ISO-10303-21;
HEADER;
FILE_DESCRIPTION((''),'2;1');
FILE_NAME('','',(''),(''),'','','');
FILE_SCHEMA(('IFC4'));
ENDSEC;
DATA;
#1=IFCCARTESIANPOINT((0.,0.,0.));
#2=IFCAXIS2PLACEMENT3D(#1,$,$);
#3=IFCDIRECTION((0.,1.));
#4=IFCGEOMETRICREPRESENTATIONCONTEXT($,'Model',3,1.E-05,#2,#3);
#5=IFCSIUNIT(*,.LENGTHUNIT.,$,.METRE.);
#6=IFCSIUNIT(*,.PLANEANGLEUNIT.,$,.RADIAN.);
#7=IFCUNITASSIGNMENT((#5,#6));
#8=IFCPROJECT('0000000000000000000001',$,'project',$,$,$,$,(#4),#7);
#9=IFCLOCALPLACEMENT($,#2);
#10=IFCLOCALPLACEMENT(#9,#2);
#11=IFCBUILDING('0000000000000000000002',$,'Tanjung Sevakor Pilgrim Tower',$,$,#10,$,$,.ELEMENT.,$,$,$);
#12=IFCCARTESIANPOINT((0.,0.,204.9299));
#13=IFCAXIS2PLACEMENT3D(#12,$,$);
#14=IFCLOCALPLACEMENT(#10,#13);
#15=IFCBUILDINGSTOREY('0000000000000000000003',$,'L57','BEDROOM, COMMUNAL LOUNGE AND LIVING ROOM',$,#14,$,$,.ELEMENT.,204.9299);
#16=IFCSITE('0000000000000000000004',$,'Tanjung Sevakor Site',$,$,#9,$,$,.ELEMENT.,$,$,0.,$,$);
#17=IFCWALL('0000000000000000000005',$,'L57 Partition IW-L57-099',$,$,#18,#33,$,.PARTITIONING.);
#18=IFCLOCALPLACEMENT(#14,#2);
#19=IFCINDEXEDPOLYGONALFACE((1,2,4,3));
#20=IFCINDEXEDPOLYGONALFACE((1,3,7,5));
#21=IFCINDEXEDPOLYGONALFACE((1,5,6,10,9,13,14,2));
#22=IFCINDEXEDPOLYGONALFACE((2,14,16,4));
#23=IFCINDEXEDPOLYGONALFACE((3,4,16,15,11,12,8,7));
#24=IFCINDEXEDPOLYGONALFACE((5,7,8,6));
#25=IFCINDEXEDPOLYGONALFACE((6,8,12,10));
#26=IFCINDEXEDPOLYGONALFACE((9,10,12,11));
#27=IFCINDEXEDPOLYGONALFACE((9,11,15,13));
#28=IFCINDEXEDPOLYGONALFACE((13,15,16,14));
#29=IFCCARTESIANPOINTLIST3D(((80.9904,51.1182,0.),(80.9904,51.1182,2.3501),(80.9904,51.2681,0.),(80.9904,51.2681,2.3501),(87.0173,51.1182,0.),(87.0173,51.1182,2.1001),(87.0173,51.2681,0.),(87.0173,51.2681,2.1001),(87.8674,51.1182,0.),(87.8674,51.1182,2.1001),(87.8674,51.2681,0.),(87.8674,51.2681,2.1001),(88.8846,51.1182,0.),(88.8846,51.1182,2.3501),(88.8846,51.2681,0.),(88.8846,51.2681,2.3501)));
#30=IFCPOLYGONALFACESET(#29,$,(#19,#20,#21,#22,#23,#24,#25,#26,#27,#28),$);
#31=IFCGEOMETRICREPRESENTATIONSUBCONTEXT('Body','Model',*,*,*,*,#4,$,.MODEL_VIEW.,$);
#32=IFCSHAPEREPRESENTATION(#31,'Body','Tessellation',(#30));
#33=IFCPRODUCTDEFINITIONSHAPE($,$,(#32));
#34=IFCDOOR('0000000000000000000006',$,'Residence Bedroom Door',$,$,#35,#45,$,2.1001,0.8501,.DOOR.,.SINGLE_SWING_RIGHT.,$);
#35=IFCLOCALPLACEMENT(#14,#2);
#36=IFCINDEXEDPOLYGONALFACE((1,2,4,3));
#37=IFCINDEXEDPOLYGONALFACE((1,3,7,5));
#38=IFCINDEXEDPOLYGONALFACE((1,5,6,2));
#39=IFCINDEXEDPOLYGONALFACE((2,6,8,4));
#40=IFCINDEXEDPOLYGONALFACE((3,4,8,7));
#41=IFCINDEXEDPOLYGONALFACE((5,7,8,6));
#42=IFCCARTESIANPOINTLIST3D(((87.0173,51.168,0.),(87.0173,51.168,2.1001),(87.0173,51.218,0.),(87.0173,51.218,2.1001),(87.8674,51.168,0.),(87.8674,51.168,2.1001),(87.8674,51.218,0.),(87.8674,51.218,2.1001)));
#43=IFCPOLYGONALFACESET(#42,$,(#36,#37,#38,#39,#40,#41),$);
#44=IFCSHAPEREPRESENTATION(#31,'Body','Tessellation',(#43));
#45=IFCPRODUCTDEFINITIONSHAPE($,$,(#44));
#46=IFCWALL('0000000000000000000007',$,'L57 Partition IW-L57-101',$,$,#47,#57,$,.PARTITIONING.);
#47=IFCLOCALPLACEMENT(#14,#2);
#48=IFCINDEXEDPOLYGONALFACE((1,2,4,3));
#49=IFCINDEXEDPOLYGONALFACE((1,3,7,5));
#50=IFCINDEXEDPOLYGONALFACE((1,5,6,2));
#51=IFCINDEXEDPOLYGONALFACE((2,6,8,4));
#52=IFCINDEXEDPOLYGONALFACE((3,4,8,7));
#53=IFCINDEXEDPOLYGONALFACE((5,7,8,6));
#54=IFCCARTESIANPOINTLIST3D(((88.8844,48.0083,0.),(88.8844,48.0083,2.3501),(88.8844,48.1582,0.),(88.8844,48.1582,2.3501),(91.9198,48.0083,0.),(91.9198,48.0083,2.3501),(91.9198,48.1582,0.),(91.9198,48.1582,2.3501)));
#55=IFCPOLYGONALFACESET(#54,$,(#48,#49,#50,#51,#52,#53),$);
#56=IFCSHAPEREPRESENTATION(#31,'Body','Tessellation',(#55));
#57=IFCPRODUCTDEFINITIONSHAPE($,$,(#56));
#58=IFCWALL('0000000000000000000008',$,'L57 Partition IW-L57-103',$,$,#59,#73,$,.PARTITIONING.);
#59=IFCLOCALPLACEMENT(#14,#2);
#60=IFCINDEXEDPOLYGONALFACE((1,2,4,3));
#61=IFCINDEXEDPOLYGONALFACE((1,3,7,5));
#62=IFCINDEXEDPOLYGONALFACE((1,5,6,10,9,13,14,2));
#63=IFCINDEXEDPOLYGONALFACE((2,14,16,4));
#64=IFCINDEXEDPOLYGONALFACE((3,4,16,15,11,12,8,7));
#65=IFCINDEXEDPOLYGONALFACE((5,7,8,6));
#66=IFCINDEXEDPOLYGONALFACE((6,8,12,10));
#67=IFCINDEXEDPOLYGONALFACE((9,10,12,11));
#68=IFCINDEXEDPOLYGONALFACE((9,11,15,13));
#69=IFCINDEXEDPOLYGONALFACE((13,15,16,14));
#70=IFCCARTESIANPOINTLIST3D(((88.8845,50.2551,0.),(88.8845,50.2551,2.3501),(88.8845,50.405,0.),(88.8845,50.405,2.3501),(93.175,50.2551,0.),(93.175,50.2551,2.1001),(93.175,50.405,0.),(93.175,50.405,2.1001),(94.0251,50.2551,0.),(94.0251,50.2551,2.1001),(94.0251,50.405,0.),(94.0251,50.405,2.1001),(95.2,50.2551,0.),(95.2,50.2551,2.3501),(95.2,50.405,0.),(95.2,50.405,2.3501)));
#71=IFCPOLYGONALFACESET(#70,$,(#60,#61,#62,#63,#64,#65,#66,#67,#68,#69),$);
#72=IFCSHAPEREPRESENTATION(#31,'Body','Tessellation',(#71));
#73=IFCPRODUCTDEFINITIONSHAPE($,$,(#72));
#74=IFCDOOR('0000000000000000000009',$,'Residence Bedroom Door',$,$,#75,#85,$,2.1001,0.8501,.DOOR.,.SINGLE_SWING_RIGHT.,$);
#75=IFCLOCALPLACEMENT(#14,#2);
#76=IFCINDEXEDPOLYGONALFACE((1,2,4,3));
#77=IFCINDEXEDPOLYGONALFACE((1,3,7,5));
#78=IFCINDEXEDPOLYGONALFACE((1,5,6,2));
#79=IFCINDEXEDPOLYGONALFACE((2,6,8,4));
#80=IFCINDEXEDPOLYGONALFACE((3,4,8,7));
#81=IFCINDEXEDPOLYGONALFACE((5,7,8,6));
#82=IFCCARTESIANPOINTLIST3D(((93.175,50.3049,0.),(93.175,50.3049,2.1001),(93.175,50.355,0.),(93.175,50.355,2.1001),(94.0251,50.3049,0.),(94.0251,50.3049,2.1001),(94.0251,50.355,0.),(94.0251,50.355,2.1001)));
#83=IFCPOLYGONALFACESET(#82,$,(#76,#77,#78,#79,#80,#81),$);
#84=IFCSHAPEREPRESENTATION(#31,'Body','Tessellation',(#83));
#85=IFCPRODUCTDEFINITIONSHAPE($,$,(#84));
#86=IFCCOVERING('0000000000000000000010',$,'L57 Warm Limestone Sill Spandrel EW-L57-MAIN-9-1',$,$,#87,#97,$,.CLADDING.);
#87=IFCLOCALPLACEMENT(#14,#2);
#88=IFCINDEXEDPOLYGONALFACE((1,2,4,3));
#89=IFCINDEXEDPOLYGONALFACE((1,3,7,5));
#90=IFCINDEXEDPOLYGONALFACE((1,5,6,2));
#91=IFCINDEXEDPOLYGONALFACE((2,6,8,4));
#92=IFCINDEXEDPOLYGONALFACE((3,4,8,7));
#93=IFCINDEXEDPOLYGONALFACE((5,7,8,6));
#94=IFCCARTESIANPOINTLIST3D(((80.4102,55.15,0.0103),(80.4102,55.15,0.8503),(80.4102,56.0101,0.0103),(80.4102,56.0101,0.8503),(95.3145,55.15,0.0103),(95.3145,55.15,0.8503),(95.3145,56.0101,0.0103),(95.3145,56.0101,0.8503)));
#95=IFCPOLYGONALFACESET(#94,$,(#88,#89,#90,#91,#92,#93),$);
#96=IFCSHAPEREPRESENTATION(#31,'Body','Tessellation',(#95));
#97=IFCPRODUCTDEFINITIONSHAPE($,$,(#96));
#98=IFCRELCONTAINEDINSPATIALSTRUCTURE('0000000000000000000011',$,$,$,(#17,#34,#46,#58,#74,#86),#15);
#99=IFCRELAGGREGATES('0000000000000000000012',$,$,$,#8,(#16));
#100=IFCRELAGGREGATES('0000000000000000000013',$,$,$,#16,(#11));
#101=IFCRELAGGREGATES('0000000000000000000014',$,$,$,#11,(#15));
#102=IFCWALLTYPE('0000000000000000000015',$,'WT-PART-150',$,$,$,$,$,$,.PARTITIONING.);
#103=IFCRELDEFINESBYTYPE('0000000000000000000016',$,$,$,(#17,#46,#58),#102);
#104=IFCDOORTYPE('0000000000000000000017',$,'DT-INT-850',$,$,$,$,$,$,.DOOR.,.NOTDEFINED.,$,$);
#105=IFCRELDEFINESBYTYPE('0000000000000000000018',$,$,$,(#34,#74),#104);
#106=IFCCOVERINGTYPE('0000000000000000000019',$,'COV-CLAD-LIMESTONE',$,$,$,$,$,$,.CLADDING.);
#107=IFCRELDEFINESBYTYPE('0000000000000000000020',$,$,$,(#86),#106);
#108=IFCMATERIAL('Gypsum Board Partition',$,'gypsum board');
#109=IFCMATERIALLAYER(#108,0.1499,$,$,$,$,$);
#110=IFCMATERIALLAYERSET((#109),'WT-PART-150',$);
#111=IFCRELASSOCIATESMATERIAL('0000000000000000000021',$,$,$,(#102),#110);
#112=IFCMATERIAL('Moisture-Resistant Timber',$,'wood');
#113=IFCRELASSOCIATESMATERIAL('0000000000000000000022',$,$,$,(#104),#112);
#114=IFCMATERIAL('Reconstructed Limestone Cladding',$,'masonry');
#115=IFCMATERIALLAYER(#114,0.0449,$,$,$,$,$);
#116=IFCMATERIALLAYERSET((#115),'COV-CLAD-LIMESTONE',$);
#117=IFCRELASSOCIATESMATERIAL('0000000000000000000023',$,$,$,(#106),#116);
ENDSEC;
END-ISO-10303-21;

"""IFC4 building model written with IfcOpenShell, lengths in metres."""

from ifc_helpers import new_model, si_unit, direction, frame, frame_2d, origin, origin_2d, place, context, subcontext, project, spatial, rectangle, extrude, material, layer, layer_set, type_object, element, fill, save


model = new_model("IFC4")

# Units and contexts
model_context = context("Model", 3, precision=1e-05, world=origin(), true_north=direction((0.0, 1.0)))
body_context = subcontext(model_context, "Body", "Model", "MODEL_VIEW")
ifc_project = project(units=[si_unit("LENGTHUNIT", "METRE"), si_unit("PLANEANGLEUNIT", "RADIAN")], contexts=[model_context])

# Site, building, storey
site_placement = place(None, origin())
site = spatial("IfcSite", under=ifc_project, at=site_placement, Name="Tanjung Sevakor Site", CompositionType="ELEMENT", RefElevation=0.0)
building_placement = place(site_placement, origin())
building = spatial("IfcBuilding", under=site, at=building_placement, Name="Tanjung Sevakor Pilgrim Tower", CompositionType="ELEMENT")
storey_placement = place(building_placement, frame((0.0, 0.0, 204.9299)))
storey = spatial("IfcBuildingStorey", under=building, at=storey_placement, Name="L57", Description="BEDROOM, COMMUNAL LOUNGE AND LIVING ROOM", CompositionType="ELEMENT", Elevation=204.9299)

# Shared definitions
ifc_material_1 = material(Name="Gypsum Board Partition", Category="gypsum board")
ifc_layer_1 = layer(ifc_material_1, 0.1499)
ifc_layer_set_1 = layer_set([ifc_layer_1], Name="WT-PART-150")
wall_type_1 = type_object("IfcWallType", Name="WT-PART-150", PredefinedType="PARTITIONING", material=ifc_layer_set_1)

# Shared definitions
ifc_material_2 = material(Name="Moisture-Resistant Timber", Category="wood")
door_type_1 = type_object("IfcDoorType", Name="DT-INT-850", OperationType="NOTDEFINED", PredefinedType="DOOR", material=ifc_material_2)

# Wall, opening, door
wall_1_placement = place(storey_placement, frame((80.9902, 51.1931, 0.0), z_axis=(0.0, 0.0, 1.0), x_axis=(1.0, 0.0, 0.0)))
wall_1 = element("IfcWall", 1, at=wall_1_placement, inside=storey, type_object=wall_type_1, Name="L57 Partition IW-L57-099", PredefinedType="PARTITIONING", context=body_context, shape_type="SweptSolid", body=[
    extrude(rectangle(XDim=7.8943, YDim=0.1499, at=frame_2d((3.9473, 0.0))), origin(), (0.0, 0.0, 1.0), 2.3501),
])
opening_1_placement = place(wall_1_placement, frame((6.0271, 0.0, 0.0)))
opening_1 = element("IfcOpeningElement", 2, at=opening_1_placement, cuts=wall_1, PredefinedType="OPENING", context=body_context, shape_type="SweptSolid", body=[
    extrude(rectangle(XDim=0.8501, YDim=2.1001, at=frame_2d((0.425, 1.05))), frame((0.0, 0.085, 0.0), z_axis=(0.0, -1.0, 0.0), x_axis=(1.0, 0.0, 0.0)), (0.0, 0.0, 1.0), 0.1699),
])
door_1_placement = place(opening_1_placement, origin())
door_1 = element("IfcDoor", 3, at=door_1_placement, inside=storey, type_object=door_type_1, Name="Residence Bedroom Door", OperationType="SINGLE_SWING_RIGHT", OverallHeight=2.1001, OverallWidth=0.8501, PredefinedType="DOOR", context=body_context, shape_type="SweptSolid", body=[
    extrude(rectangle(XDim=0.8501, YDim=2.1001, at=frame_2d((0.425, 1.05))), frame((0.0, 0.0249, 0.0), z_axis=(0.0, -1.0, 0.0), x_axis=(1.0, 0.0, 0.0)), (0.0, 0.0, 1.0), 0.05),
])
fill(opening_1, door_1)

# Wall
wall_2_placement = place(storey_placement, frame((88.8845, 48.0833, 0.0), z_axis=(0.0, 0.0, 1.0), x_axis=(1.0, 0.0, 0.0)))
element("IfcWall", 4, at=wall_2_placement, inside=storey, type_object=wall_type_1, Name="L57 Partition IW-L57-101", PredefinedType="PARTITIONING", context=body_context, shape_type="SweptSolid", body=[
    extrude(rectangle(XDim=3.0354, YDim=0.1499, at=frame_2d((1.5176, 0.0))), origin(), (0.0, 0.0, 1.0), 2.3501),
])

# Wall, opening, door
wall_3_placement = place(storey_placement, frame((88.8845, 50.3301, 0.0), z_axis=(0.0, 0.0, 1.0), x_axis=(1.0, 0.0, 0.0)))
wall_3 = element("IfcWall", 5, at=wall_3_placement, inside=storey, type_object=wall_type_1, Name="L57 Partition IW-L57-103", PredefinedType="PARTITIONING", context=body_context, shape_type="SweptSolid", body=[
    extrude(rectangle(XDim=6.3154, YDim=0.1499, at=frame_2d((3.1577, 0.0))), origin(), (0.0, 0.0, 1.0), 2.3501),
])
opening_2_placement = place(wall_3_placement, frame((4.2905, 0.0, 0.0)))
opening_2 = element("IfcOpeningElement", 6, at=opening_2_placement, cuts=wall_3, PredefinedType="OPENING", context=body_context, shape_type="SweptSolid", body=[
    extrude(rectangle(XDim=0.8501, YDim=2.1001, at=frame_2d((0.425, 1.05))), frame((0.0, 0.085, 0.0), z_axis=(0.0, -1.0, 0.0), x_axis=(1.0, 0.0, 0.0)), (0.0, 0.0, 1.0), 0.1699),
])
door_2_placement = place(opening_2_placement, origin())
door_2 = element("IfcDoor", 7, at=door_2_placement, inside=storey, type_object=door_type_1, Name="Residence Bedroom Door", OperationType="SINGLE_SWING_RIGHT", OverallHeight=2.1001, OverallWidth=0.8501, PredefinedType="DOOR", context=body_context, shape_type="SweptSolid", body=[
    extrude(rectangle(XDim=0.8501, YDim=2.1001, at=frame_2d((0.425, 1.05))), frame((0.0, 0.0249, 0.0), z_axis=(0.0, -1.0, 0.0), x_axis=(1.0, 0.0, 0.0)), (0.0, 0.0, 1.0), 0.05),
])
fill(opening_2, door_2)

# Covering
ifc_material_3 = material(Name="Reconstructed Limestone Cladding", Category="masonry")
ifc_layer_2 = layer(ifc_material_3, 0.0449)
ifc_layer_set_2 = layer_set([ifc_layer_2], Name="COV-CLAD-LIMESTONE")
covering_type = type_object("IfcCoveringType", Name="COV-CLAD-LIMESTONE", PredefinedType="CLADDING", material=ifc_layer_set_2)
covering_placement = place(storey_placement, frame((87.8623, 55.5801, 0.0103), z_axis=(0.0, 0.0, 1.0), x_axis=(-1.0, 0.0, 0.0)))
element("IfcCovering", 8, at=covering_placement, inside=storey, type_object=covering_type, Name="L57 Warm Limestone Sill Spandrel EW-L57-MAIN-9-1", PredefinedType="CLADDING", context=body_context, shape_type="SweptSolid", body=[
    extrude(rectangle(XDim=14.9043, YDim=0.8601, at=origin_2d()), origin(), (0.0, 0.0, 1.0), 0.8401),
])

save(model, "model.ifc")
